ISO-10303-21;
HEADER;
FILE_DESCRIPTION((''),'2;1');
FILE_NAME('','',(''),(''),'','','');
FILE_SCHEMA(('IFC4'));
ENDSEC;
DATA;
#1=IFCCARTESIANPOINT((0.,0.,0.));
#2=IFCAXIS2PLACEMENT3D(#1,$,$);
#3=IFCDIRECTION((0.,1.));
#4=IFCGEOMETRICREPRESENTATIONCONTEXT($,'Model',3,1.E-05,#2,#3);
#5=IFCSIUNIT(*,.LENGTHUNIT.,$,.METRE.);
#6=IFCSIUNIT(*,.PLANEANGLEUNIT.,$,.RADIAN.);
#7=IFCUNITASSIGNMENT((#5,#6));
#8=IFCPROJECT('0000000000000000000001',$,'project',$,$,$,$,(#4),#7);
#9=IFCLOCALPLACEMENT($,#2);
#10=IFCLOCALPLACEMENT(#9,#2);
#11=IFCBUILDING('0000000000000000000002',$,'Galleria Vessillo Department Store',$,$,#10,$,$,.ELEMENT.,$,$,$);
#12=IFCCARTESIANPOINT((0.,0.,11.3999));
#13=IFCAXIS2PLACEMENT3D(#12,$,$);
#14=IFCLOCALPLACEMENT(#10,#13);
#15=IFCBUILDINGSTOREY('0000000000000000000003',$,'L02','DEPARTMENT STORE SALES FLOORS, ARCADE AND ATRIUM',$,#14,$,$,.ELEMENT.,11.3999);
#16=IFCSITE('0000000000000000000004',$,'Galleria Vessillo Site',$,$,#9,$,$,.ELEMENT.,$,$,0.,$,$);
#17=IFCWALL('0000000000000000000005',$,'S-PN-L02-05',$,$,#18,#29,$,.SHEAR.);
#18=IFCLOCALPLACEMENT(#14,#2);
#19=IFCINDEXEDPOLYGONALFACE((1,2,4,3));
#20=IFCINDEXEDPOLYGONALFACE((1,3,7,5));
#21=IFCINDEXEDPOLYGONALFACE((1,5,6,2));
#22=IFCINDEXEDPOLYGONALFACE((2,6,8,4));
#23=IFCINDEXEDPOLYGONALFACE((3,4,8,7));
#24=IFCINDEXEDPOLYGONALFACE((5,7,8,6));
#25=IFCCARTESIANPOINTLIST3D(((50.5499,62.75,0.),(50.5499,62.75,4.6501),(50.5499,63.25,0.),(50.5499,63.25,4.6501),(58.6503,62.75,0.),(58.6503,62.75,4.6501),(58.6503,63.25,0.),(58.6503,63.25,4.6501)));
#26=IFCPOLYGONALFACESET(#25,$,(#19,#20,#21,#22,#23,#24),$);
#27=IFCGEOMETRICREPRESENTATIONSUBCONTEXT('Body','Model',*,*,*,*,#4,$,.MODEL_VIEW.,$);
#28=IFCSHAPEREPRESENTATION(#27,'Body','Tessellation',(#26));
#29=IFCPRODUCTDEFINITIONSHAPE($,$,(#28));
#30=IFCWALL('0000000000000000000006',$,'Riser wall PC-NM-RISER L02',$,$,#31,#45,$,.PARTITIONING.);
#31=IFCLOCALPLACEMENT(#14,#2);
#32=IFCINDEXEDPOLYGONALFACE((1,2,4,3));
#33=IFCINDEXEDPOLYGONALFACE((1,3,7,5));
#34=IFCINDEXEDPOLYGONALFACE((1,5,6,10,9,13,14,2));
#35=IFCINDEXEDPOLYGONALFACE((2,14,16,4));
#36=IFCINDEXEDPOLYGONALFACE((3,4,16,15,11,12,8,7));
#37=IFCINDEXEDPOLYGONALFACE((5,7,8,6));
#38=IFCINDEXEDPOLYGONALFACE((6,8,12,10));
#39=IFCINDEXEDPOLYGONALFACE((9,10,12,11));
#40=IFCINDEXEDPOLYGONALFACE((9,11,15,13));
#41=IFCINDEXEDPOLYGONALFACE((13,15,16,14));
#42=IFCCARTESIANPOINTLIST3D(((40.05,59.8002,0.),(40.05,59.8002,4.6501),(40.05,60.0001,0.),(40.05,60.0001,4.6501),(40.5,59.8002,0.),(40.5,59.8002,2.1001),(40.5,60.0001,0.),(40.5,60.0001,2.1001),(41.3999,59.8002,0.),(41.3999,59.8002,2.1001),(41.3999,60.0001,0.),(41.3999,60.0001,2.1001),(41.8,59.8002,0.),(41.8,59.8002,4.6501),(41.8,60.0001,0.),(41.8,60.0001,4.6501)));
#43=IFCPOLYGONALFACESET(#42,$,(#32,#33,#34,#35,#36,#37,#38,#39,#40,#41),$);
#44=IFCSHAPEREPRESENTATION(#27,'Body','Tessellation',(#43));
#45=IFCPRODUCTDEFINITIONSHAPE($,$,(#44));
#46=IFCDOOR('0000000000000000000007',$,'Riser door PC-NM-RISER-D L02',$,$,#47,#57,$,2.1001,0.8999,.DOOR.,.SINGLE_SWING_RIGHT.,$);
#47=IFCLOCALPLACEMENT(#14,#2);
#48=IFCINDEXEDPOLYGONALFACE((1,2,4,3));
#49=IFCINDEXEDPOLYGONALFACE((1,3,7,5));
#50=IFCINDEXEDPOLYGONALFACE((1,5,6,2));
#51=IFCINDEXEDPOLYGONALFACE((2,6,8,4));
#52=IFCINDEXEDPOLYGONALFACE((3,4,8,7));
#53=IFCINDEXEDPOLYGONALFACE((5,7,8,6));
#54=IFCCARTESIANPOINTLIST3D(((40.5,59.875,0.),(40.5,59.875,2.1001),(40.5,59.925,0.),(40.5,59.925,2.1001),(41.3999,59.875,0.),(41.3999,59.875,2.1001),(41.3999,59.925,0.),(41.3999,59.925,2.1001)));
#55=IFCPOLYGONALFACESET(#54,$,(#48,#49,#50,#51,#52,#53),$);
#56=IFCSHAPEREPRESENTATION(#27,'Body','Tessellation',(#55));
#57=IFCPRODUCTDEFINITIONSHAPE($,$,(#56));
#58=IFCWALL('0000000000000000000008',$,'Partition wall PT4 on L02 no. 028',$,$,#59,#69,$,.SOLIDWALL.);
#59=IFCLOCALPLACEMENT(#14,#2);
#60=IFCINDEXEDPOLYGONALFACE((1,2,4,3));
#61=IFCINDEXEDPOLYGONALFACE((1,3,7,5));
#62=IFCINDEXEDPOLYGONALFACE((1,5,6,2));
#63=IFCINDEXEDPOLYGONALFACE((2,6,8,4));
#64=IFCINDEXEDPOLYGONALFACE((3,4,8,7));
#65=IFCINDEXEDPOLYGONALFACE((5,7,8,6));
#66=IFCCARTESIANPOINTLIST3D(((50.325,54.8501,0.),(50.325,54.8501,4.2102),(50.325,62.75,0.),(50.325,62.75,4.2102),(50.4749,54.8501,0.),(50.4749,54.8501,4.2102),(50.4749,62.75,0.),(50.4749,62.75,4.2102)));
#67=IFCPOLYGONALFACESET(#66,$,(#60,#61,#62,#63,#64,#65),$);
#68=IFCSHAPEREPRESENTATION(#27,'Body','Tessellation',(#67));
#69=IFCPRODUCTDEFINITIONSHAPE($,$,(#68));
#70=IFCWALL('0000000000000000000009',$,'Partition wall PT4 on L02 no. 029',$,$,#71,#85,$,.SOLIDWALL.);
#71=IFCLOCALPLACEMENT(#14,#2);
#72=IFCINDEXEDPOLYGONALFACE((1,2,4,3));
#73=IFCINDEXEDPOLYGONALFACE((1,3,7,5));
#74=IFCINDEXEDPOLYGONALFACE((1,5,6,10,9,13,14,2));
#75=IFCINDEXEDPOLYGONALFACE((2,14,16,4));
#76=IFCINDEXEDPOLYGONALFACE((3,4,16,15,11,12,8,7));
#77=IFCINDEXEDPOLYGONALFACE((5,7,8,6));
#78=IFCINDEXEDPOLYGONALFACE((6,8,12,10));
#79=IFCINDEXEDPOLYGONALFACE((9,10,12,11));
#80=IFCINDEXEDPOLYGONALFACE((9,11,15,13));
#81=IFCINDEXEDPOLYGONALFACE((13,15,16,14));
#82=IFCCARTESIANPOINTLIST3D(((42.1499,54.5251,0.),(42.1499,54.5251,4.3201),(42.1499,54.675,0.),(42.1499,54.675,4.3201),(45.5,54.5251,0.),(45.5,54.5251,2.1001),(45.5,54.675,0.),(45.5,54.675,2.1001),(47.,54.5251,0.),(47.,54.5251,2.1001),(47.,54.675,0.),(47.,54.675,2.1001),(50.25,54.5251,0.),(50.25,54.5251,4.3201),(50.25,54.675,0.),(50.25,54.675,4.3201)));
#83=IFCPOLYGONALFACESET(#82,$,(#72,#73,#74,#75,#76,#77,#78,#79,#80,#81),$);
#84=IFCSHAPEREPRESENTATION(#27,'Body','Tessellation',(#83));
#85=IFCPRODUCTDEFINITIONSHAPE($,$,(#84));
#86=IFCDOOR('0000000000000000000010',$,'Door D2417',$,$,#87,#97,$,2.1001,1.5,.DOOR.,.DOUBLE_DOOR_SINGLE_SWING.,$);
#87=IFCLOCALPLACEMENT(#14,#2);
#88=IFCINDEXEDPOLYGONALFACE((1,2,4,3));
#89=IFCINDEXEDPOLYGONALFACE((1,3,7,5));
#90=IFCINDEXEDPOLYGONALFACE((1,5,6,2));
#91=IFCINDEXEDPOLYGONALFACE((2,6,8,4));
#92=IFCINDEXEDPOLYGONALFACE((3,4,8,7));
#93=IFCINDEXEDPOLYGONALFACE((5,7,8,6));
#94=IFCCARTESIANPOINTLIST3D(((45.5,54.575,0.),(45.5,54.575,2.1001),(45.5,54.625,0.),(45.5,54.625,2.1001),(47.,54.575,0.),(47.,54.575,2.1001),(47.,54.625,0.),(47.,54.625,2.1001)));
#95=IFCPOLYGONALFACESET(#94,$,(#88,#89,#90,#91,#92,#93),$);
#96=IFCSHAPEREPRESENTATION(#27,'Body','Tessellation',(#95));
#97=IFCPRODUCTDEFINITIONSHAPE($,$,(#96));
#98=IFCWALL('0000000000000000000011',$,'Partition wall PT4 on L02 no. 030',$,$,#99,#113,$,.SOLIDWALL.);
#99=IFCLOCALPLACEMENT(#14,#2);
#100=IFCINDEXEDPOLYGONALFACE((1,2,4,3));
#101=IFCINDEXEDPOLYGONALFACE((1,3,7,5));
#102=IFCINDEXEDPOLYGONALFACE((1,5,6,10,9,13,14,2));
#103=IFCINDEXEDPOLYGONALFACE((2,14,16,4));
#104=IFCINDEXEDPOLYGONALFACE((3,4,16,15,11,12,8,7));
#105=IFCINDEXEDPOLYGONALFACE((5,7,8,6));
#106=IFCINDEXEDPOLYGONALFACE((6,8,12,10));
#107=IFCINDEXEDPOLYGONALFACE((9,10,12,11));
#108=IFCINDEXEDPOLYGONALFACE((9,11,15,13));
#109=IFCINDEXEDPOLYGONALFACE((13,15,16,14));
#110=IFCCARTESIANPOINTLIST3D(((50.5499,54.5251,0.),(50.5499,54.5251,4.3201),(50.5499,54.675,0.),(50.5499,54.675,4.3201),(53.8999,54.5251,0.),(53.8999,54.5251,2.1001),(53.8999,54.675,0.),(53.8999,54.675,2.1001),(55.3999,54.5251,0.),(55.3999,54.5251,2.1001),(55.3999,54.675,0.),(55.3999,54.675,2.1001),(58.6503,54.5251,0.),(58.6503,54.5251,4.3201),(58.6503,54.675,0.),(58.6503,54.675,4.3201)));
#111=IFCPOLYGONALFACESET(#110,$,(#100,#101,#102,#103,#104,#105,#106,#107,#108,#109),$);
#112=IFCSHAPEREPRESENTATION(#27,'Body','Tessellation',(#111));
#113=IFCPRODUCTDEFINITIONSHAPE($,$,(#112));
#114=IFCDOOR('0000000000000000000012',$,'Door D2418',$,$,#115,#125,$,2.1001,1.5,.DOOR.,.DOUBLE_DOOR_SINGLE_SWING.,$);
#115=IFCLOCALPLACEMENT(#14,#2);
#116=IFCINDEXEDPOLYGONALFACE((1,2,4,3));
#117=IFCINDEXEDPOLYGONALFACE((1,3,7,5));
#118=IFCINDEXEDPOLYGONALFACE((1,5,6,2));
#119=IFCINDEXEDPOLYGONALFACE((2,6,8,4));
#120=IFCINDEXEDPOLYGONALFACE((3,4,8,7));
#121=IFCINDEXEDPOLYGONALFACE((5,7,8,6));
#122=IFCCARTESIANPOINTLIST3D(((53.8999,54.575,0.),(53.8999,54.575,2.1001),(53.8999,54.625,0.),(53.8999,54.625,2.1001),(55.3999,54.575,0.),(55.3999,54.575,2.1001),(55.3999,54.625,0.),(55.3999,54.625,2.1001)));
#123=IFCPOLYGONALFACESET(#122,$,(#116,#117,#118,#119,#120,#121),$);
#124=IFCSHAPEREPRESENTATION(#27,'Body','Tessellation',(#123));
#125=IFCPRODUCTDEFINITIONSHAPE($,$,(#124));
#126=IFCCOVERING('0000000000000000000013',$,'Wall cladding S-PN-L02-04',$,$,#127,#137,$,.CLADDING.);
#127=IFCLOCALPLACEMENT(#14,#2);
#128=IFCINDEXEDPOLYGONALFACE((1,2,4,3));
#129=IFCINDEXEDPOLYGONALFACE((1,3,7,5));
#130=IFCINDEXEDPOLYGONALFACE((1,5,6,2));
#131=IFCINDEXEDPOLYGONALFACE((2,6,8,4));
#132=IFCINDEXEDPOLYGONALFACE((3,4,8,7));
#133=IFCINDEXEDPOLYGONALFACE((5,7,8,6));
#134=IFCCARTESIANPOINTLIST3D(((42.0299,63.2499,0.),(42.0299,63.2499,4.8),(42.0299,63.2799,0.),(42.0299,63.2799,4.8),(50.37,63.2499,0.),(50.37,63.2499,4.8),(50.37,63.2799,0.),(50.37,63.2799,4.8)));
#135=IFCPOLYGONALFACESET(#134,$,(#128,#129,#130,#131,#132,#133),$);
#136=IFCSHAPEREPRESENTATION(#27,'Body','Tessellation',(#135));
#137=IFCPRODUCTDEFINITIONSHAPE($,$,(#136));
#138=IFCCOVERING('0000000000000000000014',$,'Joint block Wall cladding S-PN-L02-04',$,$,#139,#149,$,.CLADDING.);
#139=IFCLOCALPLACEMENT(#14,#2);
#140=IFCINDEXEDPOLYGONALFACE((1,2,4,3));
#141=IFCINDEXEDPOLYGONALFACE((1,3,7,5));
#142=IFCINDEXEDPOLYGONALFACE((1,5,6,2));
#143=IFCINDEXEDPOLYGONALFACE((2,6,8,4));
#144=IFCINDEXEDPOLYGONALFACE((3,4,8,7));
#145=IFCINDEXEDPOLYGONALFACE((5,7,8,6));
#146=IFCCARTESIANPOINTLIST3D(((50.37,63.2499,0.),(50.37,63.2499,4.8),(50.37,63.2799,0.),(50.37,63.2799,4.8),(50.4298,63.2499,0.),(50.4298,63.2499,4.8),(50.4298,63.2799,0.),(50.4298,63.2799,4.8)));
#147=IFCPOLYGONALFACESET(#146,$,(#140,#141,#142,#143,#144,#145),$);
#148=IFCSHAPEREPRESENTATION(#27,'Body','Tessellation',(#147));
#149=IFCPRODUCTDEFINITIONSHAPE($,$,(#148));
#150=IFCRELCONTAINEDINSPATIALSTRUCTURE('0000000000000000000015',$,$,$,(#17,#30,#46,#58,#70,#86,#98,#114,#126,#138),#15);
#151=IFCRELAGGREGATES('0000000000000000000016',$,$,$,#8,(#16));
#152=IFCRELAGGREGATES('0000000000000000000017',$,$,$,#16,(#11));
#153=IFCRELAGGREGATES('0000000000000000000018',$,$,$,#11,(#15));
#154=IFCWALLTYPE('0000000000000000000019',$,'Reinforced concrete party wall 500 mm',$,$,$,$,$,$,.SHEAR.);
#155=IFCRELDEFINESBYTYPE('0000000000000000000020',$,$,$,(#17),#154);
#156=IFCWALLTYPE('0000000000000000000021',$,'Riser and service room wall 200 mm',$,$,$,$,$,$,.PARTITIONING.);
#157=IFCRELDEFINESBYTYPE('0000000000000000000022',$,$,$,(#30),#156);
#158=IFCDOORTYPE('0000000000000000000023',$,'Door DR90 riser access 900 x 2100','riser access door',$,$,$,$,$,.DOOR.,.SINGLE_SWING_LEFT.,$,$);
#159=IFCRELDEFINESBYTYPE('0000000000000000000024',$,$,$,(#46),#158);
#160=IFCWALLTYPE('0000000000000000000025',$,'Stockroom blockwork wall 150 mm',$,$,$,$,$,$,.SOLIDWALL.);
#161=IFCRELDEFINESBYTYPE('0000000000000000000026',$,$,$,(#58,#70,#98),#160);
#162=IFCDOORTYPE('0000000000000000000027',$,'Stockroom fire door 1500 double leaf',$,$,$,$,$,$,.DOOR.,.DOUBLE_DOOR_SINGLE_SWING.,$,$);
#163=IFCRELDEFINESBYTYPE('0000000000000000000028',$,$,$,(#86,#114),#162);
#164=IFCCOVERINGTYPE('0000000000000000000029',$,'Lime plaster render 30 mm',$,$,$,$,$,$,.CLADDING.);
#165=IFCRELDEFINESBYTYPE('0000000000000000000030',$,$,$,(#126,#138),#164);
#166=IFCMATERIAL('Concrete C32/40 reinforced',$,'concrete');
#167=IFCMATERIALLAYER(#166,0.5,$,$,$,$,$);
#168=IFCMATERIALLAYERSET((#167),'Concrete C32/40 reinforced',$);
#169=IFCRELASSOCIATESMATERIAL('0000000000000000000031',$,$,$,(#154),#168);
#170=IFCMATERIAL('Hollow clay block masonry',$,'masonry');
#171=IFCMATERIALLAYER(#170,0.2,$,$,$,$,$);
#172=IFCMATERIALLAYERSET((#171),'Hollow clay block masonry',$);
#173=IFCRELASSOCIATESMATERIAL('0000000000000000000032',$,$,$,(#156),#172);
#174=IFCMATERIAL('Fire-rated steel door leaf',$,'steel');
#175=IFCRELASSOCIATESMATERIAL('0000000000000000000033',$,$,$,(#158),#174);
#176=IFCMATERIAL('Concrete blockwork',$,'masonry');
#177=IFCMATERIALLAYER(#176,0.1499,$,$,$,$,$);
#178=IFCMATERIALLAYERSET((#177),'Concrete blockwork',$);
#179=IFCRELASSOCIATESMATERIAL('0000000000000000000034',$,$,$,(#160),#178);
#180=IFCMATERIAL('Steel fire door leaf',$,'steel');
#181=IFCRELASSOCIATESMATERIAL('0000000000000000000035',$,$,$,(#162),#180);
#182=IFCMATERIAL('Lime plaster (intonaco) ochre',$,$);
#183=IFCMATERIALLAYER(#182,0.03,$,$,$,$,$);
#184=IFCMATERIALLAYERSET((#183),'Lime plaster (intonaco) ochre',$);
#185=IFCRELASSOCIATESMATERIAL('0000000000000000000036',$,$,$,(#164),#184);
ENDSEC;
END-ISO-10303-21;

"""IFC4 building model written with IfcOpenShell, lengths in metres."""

from ifc_helpers import new_model, si_unit, direction, frame, frame_2d, origin, origin_2d, place, context, subcontext, project, spatial, rectangle, extrude, material, layer, layer_set, type_object, element, fill, save


model = new_model("IFC4")

# Units and contexts
model_context = context("Model", 3, precision=1e-05, world=origin(), true_north=direction((0.0, 1.0)))
body_context = subcontext(model_context, "Body", "Model", "MODEL_VIEW")
ifc_project = project(units=[si_unit("LENGTHUNIT", "METRE"), si_unit("PLANEANGLEUNIT", "RADIAN")], contexts=[model_context])

# Site, building, storey
site_placement = place(None, origin())
site = spatial("IfcSite", under=ifc_project, at=site_placement, Name="Galleria Vessillo Site", CompositionType="ELEMENT", RefElevation=0.0)
building_placement = place(site_placement, origin())
building = spatial("IfcBuilding", under=site, at=building_placement, Name="Galleria Vessillo Department Store", CompositionType="ELEMENT")
storey_placement = place(building_placement, frame((0.0, 0.0, 11.3999)))
storey = spatial("IfcBuildingStorey", under=building, at=storey_placement, Name="L02", Description="DEPARTMENT STORE SALES FLOORS, ARCADE AND ATRIUM", CompositionType="ELEMENT", Elevation=11.3999)

# Wall
ifc_material_1 = material(Name="Concrete C32/40 reinforced", Category="concrete")
ifc_layer_1 = layer(ifc_material_1, 0.5)
ifc_layer_set_1 = layer_set([ifc_layer_1], Name="Concrete C32/40 reinforced")
wall_type_1 = type_object("IfcWallType", Name="Reinforced concrete party wall 500 mm", PredefinedType="SHEAR", material=ifc_layer_set_1)
wall_1_placement = place(storey_placement, frame((50.5498, 63.0, 0.0), z_axis=(0.0, 0.0, 1.0), x_axis=(1.0, 0.0, 0.0)))
element("IfcWall", 1, at=wall_1_placement, inside=storey, type_object=wall_type_1, Name="S-PN-L02-05", PredefinedType="SHEAR", context=body_context, shape_type="SweptSolid", body=[
    extrude(rectangle(XDim=8.1003, YDim=0.5, at=frame_2d((4.0503, 0.0))), origin(), (0.0, 0.0, 1.0), 4.6501),
])

# Wall, opening, door
ifc_material_2 = material(Name="Hollow clay block masonry", Category="masonry")
ifc_layer_2 = layer(ifc_material_2, 0.2)
ifc_layer_set_2 = layer_set([ifc_layer_2], Name="Hollow clay block masonry")
wall_type_2 = type_object("IfcWallType", Name="Riser and service room wall 200 mm", PredefinedType="PARTITIONING", material=ifc_layer_set_2)
wall_2_placement = place(storey_placement, frame((40.05, 59.9001, 0.0), z_axis=(0.0, 0.0, 1.0), x_axis=(1.0, 0.0, 0.0)))
wall_2 = element("IfcWall", 2, at=wall_2_placement, inside=storey, type_object=wall_type_2, Name="Riser wall PC-NM-RISER L02", PredefinedType="PARTITIONING", context=body_context, shape_type="SweptSolid", body=[
    extrude(rectangle(XDim=1.75, YDim=0.2, at=frame_2d((0.875, 0.0))), origin(), (0.0, 0.0, 1.0), 4.6501),
])
opening_1_placement = place(wall_2_placement, frame((0.45, 0.0, 0.0)))
opening_1 = element("IfcOpeningElement", 3, at=opening_1_placement, cuts=wall_2, PredefinedType="OPENING", context=body_context, shape_type="SweptSolid", body=[
    extrude(rectangle(XDim=0.8999, YDim=2.1001, at=frame_2d((0.45, 1.05))), frame((0.0, 0.1099, 0.0), z_axis=(0.0, -1.0, 0.0), x_axis=(1.0, 0.0, 0.0)), (0.0, 0.0, 1.0), 0.22),
])
ifc_material_3 = material(Name="Fire-rated steel door leaf", Category="steel")
door_type_1 = type_object("IfcDoorType", Name="Door DR90 riser access 900 x 2100", Description="riser access door", OperationType="SINGLE_SWING_LEFT", PredefinedType="DOOR", material=ifc_material_3)
door_1_placement = place(opening_1_placement, origin())
door_1 = element("IfcDoor", 4, at=door_1_placement, inside=storey, type_object=door_type_1, Name="Riser door PC-NM-RISER-D L02", OperationType="SINGLE_SWING_RIGHT", OverallHeight=2.1001, OverallWidth=0.8999, PredefinedType="DOOR", context=body_context, shape_type="SweptSolid", body=[
    extrude(rectangle(XDim=0.8999, YDim=2.1001, at=frame_2d((0.45, 1.05))), frame((0.0, 0.0249, 0.0), z_axis=(0.0, -1.0, 0.0), x_axis=(1.0, 0.0, 0.0)), (0.0, 0.0, 1.0), 0.05),
])
fill(opening_1, door_1)

# Wall
ifc_material_4 = material(Name="Concrete blockwork", Category="masonry")
ifc_layer_3 = layer(ifc_material_4, 0.1499)
ifc_layer_set_3 = layer_set([ifc_layer_3], Name="Concrete blockwork")
wall_type_3 = type_object("IfcWallType", Name="Stockroom blockwork wall 150 mm", PredefinedType="SOLIDWALL", material=ifc_layer_set_3)
wall_3_placement = place(storey_placement, frame((50.3999, 54.8501, 0.0), z_axis=(0.0, 0.0, 1.0), x_axis=(0.0, 1.0, 0.0)))
element("IfcWall", 5, at=wall_3_placement, inside=storey, type_object=wall_type_3, Name="Partition wall PT4 on L02 no. 028", PredefinedType="SOLIDWALL", context=body_context, shape_type="SweptSolid", body=[
    extrude(rectangle(XDim=7.8999, YDim=0.1499, at=frame_2d((3.95, 0.0))), origin(), (0.0, 0.0, 1.0), 4.2102),
])

# Walls, openings, doors
wall_4_placement = place(storey_placement, frame((42.1499, 54.6001, 0.0), z_axis=(0.0, 0.0, 1.0), x_axis=(1.0, 0.0, 0.0)))
wall_4 = element("IfcWall", 6, at=wall_4_placement, inside=storey, type_object=wall_type_3, Name="Partition wall PT4 on L02 no. 029", PredefinedType="SOLIDWALL", context=body_context, shape_type="SweptSolid", body=[
    extrude(rectangle(XDim=8.1001, YDim=0.1499, at=frame_2d((4.05, 0.0))), origin(), (0.0, 0.0, 1.0), 4.3201),
])
opening_2_placement = place(wall_4_placement, frame((3.3501, 0.0, 0.0)))
opening_2 = element("IfcOpeningElement", 7, at=opening_2_placement, cuts=wall_4, PredefinedType="OPENING", context=body_context, shape_type="SweptSolid", body=[
    extrude(rectangle(XDim=1.5, YDim=2.1001, at=frame_2d((0.75, 1.05))), frame((0.0, 0.085, 0.0), z_axis=(0.0, -1.0, 0.0), x_axis=(1.0, 0.0, 0.0)), (0.0, 0.0, 1.0), 0.1699),
])
ifc_material_5 = material(Name="Steel fire door leaf", Category="steel")
door_type_2 = type_object("IfcDoorType", Name="Stockroom fire door 1500 double leaf", OperationType="DOUBLE_DOOR_SINGLE_SWING", PredefinedType="DOOR", material=ifc_material_5)
door_2_placement = place(opening_2_placement, origin())
door_2 = element("IfcDoor", 8, at=door_2_placement, inside=storey, type_object=door_type_2, Name="Door D2417", OperationType="DOUBLE_DOOR_SINGLE_SWING", OverallHeight=2.1001, OverallWidth=1.5, PredefinedType="DOOR", context=body_context, shape_type="SweptSolid", body=[
    extrude(rectangle(XDim=1.5, YDim=2.1001, at=frame_2d((0.75, 1.05))), frame((0.0, 0.0249, 0.0), z_axis=(0.0, -1.0, 0.0), x_axis=(1.0, 0.0, 0.0)), (0.0, 0.0, 1.0), 0.05),
])
fill(opening_2, door_2)
wall_5_placement = place(storey_placement, frame((50.5498, 54.6001, 0.0), z_axis=(0.0, 0.0, 1.0), x_axis=(1.0, 0.0, 0.0)))
wall_5 = element("IfcWall", 9, at=wall_5_placement, inside=storey, type_object=wall_type_3, Name="Partition wall PT4 on L02 no. 030", PredefinedType="SOLIDWALL", context=body_context, shape_type="SweptSolid", body=[
    extrude(rectangle(XDim=8.1003, YDim=0.1499, at=frame_2d((4.0503, 0.0))), origin(), (0.0, 0.0, 1.0), 4.3201),
])
opening_3_placement = place(wall_5_placement, frame((3.3501, 0.0, 0.0)))
opening_3 = element("IfcOpeningElement", 10, at=opening_3_placement, cuts=wall_5, PredefinedType="OPENING", context=body_context, shape_type="SweptSolid", body=[
    extrude(rectangle(XDim=1.5, YDim=2.1001, at=frame_2d((0.75, 1.05))), frame((0.0, 0.085, 0.0), z_axis=(0.0, -1.0, 0.0), x_axis=(1.0, 0.0, 0.0)), (0.0, 0.0, 1.0), 0.1699),
])
door_3_placement = place(opening_3_placement, origin())
door_3 = element("IfcDoor", 11, at=door_3_placement, inside=storey, type_object=door_type_2, Name="Door D2418", OperationType="DOUBLE_DOOR_SINGLE_SWING", OverallHeight=2.1001, OverallWidth=1.5, PredefinedType="DOOR", context=body_context, shape_type="SweptSolid", body=[
    extrude(rectangle(XDim=1.5, YDim=2.1001, at=frame_2d((0.75, 1.05))), frame((0.0, 0.0249, 0.0), z_axis=(0.0, -1.0, 0.0), x_axis=(1.0, 0.0, 0.0)), (0.0, 0.0, 1.0), 0.05),
])
fill(opening_3, door_3)

# Coverings
ifc_material_6 = material(Name="Lime plaster (intonaco) ochre")
ifc_layer_4 = layer(ifc_material_6, 0.03)
ifc_layer_set_4 = layer_set([ifc_layer_4], Name="Lime plaster (intonaco) ochre")
covering_type = type_object("IfcCoveringType", Name="Lime plaster render 30 mm", PredefinedType="CLADDING", material=ifc_layer_set_4)
covering_1_placement = place(storey_placement, frame((46.2, 63.2649, 0.0), z_axis=(0.0, 0.0, 1.0), x_axis=(1.0, 0.0, 0.0)))
element("IfcCovering", 12, at=covering_1_placement, inside=storey, type_object=covering_type, Name="Wall cladding S-PN-L02-04", PredefinedType="CLADDING", context=body_context, shape_type="SweptSolid", body=[
    extrude(rectangle(XDim=8.3401, YDim=0.03, at=origin_2d()), origin(), (0.0, 0.0, 1.0), 4.8),
])
covering_2_placement = place(storey_placement, frame((50.3999, 63.2649, 0.0), z_axis=(0.0, 0.0, 1.0), x_axis=(1.0, 0.0, 0.0)))
element("IfcCovering", 13, at=covering_2_placement, inside=storey, type_object=covering_type, Name="Joint block Wall cladding S-PN-L02-04", PredefinedType="CLADDING", context=body_context, shape_type="SweptSolid", body=[
    extrude(rectangle(XDim=0.0598, YDim=0.03, at=origin_2d()), origin(), (0.0, 0.0, 1.0), 4.8),
])

save(model, "model.ifc")
